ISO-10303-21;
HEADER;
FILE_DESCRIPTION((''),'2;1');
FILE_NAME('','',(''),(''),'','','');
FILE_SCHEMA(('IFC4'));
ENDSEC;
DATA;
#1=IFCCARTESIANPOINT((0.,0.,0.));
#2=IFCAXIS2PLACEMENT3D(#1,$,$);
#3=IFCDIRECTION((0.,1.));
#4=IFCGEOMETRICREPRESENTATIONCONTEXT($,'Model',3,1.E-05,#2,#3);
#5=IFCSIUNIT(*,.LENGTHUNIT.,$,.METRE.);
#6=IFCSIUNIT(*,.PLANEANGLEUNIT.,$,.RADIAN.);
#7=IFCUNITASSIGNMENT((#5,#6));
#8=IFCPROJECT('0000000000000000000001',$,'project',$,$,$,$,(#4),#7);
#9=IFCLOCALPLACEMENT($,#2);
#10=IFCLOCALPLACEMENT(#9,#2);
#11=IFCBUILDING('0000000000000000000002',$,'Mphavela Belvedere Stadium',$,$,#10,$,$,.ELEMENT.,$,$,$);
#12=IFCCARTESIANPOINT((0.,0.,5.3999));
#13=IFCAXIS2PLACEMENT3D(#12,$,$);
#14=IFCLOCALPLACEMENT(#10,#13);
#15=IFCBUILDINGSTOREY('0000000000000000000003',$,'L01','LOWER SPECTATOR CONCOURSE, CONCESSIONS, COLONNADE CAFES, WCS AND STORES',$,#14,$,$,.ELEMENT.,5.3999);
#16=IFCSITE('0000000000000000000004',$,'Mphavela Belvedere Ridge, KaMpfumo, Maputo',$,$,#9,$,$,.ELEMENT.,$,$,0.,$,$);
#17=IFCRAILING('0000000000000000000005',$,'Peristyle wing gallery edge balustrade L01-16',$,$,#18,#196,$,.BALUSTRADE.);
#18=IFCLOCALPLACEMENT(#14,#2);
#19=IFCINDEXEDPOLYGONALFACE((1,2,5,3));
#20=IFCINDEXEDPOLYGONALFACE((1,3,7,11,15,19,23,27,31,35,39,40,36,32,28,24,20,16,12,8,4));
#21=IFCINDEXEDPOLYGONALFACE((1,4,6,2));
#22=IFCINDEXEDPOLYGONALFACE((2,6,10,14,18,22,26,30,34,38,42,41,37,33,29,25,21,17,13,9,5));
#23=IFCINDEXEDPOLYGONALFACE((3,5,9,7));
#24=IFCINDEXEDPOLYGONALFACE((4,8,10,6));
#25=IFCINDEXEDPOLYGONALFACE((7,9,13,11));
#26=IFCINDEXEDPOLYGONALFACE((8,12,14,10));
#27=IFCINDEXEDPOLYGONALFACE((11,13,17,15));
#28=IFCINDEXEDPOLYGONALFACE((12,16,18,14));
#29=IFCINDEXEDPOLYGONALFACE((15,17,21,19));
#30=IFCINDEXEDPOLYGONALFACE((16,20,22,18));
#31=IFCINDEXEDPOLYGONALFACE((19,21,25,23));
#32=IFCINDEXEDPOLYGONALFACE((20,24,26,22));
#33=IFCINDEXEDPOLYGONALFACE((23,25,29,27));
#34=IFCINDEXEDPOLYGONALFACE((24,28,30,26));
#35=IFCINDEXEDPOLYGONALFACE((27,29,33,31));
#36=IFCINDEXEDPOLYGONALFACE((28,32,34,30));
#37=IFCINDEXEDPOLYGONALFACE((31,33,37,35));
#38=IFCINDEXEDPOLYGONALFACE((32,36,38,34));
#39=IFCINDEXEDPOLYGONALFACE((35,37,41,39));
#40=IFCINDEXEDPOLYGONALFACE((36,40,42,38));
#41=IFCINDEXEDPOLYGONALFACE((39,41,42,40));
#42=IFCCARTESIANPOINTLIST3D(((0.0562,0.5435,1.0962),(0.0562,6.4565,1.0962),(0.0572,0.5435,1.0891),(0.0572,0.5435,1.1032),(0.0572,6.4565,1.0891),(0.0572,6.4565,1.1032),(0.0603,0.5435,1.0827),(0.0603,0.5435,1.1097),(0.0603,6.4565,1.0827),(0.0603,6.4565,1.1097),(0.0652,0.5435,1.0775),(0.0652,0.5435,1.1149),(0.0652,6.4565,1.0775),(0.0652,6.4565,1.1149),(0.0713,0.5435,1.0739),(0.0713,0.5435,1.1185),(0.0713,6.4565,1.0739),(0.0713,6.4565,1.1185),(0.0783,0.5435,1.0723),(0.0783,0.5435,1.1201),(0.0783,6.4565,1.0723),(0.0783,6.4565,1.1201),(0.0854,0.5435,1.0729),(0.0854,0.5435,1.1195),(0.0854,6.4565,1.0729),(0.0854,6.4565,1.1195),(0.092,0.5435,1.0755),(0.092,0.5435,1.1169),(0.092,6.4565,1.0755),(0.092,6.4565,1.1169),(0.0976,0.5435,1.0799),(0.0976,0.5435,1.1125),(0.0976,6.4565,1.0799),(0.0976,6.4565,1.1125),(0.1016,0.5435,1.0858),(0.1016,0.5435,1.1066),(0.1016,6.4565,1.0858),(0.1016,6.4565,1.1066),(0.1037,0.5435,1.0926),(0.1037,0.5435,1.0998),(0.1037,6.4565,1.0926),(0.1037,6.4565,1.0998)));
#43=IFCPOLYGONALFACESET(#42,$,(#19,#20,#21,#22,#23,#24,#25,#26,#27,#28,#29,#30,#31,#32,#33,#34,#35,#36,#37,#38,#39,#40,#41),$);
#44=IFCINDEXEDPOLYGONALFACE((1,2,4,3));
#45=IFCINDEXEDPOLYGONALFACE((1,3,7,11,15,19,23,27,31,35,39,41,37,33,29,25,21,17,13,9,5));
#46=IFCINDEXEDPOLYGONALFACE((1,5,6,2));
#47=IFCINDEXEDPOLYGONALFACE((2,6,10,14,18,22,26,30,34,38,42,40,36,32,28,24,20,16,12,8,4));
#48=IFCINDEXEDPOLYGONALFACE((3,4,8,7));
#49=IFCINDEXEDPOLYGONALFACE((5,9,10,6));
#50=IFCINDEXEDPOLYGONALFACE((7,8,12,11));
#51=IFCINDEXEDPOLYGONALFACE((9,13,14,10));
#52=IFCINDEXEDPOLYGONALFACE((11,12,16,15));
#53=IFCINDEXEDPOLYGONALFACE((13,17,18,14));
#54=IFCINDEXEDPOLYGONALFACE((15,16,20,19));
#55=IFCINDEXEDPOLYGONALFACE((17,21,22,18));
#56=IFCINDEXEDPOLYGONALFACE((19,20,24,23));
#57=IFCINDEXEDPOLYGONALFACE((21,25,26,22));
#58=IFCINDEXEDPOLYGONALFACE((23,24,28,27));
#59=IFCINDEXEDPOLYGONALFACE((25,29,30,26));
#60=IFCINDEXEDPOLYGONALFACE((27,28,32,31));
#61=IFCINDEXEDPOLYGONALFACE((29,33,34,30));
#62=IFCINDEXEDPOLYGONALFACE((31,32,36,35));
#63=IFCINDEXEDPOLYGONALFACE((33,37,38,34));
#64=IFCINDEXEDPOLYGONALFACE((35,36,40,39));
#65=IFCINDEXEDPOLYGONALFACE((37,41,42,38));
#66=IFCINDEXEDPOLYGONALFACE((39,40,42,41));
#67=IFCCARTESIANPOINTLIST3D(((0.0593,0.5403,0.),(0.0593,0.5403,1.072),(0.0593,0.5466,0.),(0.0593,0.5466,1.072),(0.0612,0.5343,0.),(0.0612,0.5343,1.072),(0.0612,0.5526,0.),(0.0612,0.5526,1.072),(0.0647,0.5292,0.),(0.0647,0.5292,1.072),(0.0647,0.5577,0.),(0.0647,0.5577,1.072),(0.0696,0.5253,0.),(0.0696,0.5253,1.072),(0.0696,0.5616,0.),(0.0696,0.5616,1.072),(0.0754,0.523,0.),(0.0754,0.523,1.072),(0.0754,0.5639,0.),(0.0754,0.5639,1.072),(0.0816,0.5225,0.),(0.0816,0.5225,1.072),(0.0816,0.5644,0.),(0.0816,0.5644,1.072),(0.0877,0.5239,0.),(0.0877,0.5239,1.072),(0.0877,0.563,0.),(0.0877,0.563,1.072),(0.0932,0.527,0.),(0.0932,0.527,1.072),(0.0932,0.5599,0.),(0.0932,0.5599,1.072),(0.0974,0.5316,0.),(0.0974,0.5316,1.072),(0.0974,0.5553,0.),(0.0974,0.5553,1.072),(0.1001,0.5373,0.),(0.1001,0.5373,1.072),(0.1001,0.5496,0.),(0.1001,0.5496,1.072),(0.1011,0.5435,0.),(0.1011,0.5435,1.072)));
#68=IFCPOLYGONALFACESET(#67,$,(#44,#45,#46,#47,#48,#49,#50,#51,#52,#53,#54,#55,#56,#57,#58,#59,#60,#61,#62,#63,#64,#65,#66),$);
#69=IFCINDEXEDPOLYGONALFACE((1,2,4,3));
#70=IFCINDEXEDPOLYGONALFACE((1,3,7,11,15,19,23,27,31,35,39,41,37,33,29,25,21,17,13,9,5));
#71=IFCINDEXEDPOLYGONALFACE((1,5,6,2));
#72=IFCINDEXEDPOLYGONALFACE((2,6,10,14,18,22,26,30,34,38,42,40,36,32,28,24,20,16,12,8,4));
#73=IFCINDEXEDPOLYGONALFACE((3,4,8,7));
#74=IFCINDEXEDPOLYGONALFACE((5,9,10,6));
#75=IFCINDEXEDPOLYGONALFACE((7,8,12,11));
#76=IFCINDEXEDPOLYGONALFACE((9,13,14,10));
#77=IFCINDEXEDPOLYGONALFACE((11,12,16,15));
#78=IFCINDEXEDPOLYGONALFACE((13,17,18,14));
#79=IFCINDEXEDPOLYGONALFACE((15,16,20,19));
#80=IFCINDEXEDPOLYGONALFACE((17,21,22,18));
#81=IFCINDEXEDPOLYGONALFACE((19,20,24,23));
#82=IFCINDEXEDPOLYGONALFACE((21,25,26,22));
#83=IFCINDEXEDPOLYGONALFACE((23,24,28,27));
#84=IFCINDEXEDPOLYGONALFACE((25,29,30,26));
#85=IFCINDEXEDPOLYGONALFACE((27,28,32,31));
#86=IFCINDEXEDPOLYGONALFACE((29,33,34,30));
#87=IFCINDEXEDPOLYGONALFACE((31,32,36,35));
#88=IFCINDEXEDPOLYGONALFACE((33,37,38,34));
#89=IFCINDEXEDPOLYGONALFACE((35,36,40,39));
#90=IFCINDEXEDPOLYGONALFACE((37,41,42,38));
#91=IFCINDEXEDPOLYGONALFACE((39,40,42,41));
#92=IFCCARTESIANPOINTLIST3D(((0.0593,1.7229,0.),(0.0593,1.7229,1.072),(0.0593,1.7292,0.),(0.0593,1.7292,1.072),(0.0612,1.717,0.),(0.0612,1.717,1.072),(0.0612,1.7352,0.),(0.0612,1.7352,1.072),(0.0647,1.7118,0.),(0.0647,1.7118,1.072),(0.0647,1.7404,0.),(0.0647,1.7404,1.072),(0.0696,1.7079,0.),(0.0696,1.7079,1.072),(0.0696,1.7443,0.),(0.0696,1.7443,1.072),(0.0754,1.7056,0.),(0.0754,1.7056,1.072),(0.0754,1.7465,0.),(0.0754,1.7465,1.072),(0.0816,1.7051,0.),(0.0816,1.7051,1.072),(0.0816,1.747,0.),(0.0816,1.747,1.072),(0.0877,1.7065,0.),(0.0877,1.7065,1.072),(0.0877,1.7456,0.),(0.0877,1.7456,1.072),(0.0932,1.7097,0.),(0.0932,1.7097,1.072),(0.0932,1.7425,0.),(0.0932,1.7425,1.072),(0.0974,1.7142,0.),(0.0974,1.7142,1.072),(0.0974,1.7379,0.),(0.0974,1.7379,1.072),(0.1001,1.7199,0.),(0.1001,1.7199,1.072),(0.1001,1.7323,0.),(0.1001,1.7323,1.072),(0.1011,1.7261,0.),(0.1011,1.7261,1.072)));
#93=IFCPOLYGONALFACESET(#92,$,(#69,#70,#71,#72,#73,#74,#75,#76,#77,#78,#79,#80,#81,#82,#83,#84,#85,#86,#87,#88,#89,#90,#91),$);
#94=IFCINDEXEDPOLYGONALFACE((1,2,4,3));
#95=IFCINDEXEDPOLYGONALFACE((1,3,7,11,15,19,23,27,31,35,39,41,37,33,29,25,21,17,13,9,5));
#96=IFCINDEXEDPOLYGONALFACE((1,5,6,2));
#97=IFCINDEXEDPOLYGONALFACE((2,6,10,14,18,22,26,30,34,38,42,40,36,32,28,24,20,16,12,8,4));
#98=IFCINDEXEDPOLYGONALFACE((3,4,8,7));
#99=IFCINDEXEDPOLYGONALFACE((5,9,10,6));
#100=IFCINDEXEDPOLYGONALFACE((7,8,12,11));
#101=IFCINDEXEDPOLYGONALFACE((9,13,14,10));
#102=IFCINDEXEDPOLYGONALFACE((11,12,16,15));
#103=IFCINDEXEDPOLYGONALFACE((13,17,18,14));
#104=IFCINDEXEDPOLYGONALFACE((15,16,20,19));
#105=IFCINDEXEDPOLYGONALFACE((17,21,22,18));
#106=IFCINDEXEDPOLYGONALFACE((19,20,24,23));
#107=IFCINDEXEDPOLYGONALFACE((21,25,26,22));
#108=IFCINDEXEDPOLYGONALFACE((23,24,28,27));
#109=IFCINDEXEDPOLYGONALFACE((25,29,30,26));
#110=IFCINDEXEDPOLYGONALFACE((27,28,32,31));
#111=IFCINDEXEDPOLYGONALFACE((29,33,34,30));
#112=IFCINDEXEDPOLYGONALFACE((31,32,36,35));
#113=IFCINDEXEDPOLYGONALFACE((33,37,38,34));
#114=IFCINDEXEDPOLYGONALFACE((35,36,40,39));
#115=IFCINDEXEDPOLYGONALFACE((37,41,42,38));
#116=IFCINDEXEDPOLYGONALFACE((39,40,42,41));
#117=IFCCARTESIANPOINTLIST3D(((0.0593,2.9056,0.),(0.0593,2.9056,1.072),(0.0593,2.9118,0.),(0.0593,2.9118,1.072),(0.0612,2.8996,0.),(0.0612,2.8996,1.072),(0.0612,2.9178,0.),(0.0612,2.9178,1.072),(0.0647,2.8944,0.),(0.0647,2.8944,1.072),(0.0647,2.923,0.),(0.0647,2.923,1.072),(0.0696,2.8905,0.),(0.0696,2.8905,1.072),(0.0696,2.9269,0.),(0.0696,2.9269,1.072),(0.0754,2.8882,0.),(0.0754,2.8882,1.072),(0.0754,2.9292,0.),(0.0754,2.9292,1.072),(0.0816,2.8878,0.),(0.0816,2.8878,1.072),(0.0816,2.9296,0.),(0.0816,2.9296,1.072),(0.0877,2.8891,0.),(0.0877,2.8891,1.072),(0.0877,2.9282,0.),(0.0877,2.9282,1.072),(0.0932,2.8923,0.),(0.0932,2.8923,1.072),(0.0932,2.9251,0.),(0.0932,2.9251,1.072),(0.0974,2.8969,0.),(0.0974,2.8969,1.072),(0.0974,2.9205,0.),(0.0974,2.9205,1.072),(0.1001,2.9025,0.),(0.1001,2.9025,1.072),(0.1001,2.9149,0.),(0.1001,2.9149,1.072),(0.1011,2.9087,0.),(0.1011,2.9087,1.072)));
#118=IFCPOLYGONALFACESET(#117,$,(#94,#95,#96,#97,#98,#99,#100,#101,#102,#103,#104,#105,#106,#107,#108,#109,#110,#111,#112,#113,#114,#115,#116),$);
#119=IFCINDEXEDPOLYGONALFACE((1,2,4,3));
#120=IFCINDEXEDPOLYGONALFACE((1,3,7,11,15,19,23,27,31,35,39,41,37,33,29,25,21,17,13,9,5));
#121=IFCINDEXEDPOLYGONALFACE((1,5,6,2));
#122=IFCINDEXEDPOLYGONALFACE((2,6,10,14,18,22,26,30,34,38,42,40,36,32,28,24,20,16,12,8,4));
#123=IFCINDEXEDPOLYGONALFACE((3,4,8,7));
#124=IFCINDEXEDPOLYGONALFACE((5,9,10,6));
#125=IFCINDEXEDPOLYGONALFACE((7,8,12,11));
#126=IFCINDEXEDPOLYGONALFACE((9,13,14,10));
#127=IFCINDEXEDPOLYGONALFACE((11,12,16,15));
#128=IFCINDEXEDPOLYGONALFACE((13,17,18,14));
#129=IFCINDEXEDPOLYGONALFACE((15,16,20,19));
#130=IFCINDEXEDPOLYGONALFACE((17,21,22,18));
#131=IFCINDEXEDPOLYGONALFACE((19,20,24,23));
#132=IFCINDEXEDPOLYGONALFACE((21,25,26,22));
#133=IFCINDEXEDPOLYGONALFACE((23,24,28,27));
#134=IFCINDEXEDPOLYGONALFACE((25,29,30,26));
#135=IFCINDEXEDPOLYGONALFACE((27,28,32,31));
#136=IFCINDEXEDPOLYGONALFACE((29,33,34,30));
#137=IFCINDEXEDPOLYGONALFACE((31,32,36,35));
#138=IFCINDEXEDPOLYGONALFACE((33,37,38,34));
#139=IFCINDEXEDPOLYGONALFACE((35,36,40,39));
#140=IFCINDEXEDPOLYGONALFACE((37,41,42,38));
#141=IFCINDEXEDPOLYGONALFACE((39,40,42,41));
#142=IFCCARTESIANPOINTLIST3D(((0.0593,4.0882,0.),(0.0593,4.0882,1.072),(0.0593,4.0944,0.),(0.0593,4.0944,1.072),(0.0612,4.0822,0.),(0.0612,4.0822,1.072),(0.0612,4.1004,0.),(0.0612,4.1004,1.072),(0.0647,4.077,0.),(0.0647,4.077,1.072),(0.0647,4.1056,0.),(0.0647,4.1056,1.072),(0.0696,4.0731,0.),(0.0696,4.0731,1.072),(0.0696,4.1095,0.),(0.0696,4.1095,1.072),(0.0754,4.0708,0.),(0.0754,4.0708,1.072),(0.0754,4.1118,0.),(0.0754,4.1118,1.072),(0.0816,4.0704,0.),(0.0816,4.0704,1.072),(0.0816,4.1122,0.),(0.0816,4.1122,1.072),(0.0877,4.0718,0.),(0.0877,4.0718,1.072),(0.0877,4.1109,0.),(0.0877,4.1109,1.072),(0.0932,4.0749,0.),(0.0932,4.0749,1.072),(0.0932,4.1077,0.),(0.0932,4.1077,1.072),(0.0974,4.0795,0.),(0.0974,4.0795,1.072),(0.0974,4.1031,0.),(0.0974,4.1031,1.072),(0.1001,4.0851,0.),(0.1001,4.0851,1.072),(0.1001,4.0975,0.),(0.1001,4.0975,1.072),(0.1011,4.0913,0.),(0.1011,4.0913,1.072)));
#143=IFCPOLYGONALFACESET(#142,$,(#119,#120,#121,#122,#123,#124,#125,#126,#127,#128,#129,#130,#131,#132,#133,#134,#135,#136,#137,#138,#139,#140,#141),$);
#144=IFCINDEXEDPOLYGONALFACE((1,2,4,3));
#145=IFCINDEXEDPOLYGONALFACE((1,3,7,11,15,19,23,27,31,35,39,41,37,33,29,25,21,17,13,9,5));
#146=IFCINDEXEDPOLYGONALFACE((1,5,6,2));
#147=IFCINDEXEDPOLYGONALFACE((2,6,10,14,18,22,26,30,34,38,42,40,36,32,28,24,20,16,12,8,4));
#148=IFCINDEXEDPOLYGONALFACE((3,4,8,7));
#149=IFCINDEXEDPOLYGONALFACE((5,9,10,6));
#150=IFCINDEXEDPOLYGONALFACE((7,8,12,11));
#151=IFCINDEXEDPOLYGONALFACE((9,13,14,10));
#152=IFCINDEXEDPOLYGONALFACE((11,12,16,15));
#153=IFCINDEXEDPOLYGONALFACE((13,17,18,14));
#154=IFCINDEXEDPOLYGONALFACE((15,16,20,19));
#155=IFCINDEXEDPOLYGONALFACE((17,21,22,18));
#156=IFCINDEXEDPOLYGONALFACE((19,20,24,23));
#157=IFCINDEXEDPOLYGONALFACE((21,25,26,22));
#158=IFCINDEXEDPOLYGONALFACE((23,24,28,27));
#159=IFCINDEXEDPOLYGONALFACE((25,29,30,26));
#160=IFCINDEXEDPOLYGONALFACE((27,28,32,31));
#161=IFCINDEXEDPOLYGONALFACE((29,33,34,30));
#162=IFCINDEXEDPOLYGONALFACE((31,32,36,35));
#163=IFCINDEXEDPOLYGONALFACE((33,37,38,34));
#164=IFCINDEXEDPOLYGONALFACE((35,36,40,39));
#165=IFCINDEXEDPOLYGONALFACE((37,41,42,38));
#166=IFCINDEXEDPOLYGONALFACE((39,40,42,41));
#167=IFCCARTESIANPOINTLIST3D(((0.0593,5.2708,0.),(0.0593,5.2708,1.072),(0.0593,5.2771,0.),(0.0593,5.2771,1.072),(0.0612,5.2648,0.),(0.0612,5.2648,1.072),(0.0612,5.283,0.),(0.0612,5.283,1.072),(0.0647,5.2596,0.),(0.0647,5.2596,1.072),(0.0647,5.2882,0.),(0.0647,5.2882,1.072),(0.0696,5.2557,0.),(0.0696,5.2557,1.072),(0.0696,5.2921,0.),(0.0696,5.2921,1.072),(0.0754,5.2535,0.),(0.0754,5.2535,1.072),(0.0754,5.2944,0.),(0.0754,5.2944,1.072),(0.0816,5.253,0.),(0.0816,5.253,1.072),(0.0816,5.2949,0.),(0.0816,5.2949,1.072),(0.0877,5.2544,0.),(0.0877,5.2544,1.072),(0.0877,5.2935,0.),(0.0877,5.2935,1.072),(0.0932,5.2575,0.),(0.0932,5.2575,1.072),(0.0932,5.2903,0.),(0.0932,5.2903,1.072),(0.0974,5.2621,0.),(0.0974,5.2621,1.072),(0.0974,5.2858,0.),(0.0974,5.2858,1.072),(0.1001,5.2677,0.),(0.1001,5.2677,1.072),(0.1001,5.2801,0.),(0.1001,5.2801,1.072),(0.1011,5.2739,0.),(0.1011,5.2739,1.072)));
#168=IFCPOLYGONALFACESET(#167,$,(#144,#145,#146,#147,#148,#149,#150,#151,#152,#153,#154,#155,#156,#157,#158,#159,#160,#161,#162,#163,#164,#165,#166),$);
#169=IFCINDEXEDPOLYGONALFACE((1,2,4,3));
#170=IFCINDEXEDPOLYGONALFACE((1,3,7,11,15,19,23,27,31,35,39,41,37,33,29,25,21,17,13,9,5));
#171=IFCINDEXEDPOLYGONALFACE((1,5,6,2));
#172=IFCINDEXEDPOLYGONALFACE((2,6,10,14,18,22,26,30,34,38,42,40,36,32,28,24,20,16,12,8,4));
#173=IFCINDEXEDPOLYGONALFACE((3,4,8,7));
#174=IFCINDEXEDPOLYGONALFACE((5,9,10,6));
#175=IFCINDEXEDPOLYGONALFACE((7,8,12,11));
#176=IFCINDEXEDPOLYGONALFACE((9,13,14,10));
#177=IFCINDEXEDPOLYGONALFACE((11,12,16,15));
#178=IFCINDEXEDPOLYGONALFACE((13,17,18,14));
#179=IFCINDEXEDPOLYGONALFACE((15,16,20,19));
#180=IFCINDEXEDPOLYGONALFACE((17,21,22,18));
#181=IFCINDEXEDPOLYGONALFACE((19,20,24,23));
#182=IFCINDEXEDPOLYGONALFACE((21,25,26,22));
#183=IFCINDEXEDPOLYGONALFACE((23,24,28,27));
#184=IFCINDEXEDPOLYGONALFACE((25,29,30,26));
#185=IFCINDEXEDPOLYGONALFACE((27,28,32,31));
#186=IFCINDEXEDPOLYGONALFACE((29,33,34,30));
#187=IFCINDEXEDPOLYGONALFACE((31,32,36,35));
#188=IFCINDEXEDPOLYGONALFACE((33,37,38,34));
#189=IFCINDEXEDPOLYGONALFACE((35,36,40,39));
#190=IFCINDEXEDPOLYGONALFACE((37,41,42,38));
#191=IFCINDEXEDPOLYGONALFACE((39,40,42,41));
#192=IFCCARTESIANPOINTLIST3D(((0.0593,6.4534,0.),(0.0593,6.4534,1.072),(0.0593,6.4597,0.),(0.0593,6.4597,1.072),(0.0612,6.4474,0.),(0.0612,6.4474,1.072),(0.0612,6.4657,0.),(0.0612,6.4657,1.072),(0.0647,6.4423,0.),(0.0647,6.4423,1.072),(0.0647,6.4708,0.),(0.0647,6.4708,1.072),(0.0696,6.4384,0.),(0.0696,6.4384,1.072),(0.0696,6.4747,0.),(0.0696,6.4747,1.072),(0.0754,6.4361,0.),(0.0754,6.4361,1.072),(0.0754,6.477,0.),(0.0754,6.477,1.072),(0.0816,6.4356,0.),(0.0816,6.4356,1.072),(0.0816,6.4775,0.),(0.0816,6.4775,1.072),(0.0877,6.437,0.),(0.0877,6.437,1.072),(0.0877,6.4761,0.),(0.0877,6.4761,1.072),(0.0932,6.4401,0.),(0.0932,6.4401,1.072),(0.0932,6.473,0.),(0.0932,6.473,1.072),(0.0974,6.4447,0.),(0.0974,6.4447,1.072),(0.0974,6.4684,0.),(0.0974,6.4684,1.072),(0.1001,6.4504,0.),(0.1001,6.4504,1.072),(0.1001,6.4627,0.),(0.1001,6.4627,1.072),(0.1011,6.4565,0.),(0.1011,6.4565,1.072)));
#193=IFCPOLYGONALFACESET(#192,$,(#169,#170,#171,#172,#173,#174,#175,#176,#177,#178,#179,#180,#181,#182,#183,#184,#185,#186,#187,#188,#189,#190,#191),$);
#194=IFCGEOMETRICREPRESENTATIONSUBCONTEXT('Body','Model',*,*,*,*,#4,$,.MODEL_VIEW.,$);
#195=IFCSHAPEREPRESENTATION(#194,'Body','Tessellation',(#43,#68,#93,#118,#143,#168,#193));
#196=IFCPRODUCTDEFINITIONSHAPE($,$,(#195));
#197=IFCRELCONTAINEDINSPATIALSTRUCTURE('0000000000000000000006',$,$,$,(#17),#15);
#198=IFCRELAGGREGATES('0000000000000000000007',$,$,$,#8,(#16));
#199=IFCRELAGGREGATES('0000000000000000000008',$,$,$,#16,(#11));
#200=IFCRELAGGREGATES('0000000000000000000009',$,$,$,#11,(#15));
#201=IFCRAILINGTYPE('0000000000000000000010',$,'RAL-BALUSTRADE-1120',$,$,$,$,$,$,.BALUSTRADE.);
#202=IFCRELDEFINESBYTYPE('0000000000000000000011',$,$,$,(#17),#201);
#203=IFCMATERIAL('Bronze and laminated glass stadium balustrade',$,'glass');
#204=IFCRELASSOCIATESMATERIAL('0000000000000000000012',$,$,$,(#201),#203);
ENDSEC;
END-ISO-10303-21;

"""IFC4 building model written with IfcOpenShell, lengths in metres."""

from ifc_helpers import new_model, si_unit, direction, frame, origin, origin_2d, place, context, subcontext, project, spatial, circle, extrude, material, type_object, element, save


model = new_model("IFC4")

# Units and contexts
model_context = context("Model", 3, precision=1e-05, world=origin(), true_north=direction((0.0, 1.0)))
body_context = subcontext(model_context, "Body", "Model", "MODEL_VIEW")
ifc_project = project(units=[si_unit("LENGTHUNIT", "METRE"), si_unit("PLANEANGLEUNIT", "RADIAN")], contexts=[model_context])

# Site, building, storey
site_placement = place(None, origin())
site = spatial("IfcSite", under=ifc_project, at=site_placement, Name="Mphavela Belvedere Ridge, KaMpfumo, Maputo", CompositionType="ELEMENT", RefElevation=0.0)
building_placement = place(site_placement, origin())
building = spatial("IfcBuilding", under=site, at=building_placement, Name="Mphavela Belvedere Stadium", CompositionType="ELEMENT")
storey_placement = place(building_placement, frame((0.0, 0.0, 5.3999)))
storey = spatial("IfcBuildingStorey", under=building, at=storey_placement, Name="L01", Description="LOWER SPECTATOR CONCOURSE, CONCESSIONS, COLONNADE CAFES, WCS AND STORES", CompositionType="ELEMENT", Elevation=5.3999)

# Railing
ifc_material_1 = material(Name="Bronze and laminated glass stadium balustrade", Category="glass")
railing_type = type_object("IfcRailingType", Name="RAL-BALUSTRADE-1120", PredefinedType="BALUSTRADE", material=ifc_material_1)
for number, where, name in (
    (1, (0.0801, 0.5435, 0.0), "Peristyle wing gallery edge balustrade L01-16"),
):
    element("IfcRailing", number, at=place(storey_placement, frame(where)), inside=storey, type_object=railing_type, Name=name, PredefinedType="BALUSTRADE", context=body_context, shape_type="SweptSolid", body=[
        extrude(circle(Radius=0.0239, at=origin_2d()), frame((0.0, 0.0, 1.0962), z_axis=(0.0, 1.0, 0.0), x_axis=(-1.0, 0.0, 0.0)), (0.0, 0.0, 1.0), 5.9131),
        extrude(circle(Radius=0.021, at=origin_2d()), origin(), (0.0, 0.0, 1.0), 1.072),
        extrude(circle(Radius=0.021, at=origin_2d()), frame((0.0, 1.1826, 0.0)), (0.0, 0.0, 1.0), 1.072),
        extrude(circle(Radius=0.021, at=origin_2d()), frame((0.0, 2.3652, 0.0)), (0.0, 0.0, 1.0), 1.072),
        extrude(circle(Radius=0.021, at=origin_2d()), frame((0.0, 3.5479, 0.0)), (0.0, 0.0, 1.0), 1.072),
        extrude(circle(Radius=0.021, at=origin_2d()), frame((0.0, 4.7305, 0.0)), (0.0, 0.0, 1.0), 1.072),
        extrude(circle(Radius=0.021, at=origin_2d()), frame((0.0, 5.9131, 0.0)), (0.0, 0.0, 1.0), 1.072),
    ])

save(model, "model.ifc")
